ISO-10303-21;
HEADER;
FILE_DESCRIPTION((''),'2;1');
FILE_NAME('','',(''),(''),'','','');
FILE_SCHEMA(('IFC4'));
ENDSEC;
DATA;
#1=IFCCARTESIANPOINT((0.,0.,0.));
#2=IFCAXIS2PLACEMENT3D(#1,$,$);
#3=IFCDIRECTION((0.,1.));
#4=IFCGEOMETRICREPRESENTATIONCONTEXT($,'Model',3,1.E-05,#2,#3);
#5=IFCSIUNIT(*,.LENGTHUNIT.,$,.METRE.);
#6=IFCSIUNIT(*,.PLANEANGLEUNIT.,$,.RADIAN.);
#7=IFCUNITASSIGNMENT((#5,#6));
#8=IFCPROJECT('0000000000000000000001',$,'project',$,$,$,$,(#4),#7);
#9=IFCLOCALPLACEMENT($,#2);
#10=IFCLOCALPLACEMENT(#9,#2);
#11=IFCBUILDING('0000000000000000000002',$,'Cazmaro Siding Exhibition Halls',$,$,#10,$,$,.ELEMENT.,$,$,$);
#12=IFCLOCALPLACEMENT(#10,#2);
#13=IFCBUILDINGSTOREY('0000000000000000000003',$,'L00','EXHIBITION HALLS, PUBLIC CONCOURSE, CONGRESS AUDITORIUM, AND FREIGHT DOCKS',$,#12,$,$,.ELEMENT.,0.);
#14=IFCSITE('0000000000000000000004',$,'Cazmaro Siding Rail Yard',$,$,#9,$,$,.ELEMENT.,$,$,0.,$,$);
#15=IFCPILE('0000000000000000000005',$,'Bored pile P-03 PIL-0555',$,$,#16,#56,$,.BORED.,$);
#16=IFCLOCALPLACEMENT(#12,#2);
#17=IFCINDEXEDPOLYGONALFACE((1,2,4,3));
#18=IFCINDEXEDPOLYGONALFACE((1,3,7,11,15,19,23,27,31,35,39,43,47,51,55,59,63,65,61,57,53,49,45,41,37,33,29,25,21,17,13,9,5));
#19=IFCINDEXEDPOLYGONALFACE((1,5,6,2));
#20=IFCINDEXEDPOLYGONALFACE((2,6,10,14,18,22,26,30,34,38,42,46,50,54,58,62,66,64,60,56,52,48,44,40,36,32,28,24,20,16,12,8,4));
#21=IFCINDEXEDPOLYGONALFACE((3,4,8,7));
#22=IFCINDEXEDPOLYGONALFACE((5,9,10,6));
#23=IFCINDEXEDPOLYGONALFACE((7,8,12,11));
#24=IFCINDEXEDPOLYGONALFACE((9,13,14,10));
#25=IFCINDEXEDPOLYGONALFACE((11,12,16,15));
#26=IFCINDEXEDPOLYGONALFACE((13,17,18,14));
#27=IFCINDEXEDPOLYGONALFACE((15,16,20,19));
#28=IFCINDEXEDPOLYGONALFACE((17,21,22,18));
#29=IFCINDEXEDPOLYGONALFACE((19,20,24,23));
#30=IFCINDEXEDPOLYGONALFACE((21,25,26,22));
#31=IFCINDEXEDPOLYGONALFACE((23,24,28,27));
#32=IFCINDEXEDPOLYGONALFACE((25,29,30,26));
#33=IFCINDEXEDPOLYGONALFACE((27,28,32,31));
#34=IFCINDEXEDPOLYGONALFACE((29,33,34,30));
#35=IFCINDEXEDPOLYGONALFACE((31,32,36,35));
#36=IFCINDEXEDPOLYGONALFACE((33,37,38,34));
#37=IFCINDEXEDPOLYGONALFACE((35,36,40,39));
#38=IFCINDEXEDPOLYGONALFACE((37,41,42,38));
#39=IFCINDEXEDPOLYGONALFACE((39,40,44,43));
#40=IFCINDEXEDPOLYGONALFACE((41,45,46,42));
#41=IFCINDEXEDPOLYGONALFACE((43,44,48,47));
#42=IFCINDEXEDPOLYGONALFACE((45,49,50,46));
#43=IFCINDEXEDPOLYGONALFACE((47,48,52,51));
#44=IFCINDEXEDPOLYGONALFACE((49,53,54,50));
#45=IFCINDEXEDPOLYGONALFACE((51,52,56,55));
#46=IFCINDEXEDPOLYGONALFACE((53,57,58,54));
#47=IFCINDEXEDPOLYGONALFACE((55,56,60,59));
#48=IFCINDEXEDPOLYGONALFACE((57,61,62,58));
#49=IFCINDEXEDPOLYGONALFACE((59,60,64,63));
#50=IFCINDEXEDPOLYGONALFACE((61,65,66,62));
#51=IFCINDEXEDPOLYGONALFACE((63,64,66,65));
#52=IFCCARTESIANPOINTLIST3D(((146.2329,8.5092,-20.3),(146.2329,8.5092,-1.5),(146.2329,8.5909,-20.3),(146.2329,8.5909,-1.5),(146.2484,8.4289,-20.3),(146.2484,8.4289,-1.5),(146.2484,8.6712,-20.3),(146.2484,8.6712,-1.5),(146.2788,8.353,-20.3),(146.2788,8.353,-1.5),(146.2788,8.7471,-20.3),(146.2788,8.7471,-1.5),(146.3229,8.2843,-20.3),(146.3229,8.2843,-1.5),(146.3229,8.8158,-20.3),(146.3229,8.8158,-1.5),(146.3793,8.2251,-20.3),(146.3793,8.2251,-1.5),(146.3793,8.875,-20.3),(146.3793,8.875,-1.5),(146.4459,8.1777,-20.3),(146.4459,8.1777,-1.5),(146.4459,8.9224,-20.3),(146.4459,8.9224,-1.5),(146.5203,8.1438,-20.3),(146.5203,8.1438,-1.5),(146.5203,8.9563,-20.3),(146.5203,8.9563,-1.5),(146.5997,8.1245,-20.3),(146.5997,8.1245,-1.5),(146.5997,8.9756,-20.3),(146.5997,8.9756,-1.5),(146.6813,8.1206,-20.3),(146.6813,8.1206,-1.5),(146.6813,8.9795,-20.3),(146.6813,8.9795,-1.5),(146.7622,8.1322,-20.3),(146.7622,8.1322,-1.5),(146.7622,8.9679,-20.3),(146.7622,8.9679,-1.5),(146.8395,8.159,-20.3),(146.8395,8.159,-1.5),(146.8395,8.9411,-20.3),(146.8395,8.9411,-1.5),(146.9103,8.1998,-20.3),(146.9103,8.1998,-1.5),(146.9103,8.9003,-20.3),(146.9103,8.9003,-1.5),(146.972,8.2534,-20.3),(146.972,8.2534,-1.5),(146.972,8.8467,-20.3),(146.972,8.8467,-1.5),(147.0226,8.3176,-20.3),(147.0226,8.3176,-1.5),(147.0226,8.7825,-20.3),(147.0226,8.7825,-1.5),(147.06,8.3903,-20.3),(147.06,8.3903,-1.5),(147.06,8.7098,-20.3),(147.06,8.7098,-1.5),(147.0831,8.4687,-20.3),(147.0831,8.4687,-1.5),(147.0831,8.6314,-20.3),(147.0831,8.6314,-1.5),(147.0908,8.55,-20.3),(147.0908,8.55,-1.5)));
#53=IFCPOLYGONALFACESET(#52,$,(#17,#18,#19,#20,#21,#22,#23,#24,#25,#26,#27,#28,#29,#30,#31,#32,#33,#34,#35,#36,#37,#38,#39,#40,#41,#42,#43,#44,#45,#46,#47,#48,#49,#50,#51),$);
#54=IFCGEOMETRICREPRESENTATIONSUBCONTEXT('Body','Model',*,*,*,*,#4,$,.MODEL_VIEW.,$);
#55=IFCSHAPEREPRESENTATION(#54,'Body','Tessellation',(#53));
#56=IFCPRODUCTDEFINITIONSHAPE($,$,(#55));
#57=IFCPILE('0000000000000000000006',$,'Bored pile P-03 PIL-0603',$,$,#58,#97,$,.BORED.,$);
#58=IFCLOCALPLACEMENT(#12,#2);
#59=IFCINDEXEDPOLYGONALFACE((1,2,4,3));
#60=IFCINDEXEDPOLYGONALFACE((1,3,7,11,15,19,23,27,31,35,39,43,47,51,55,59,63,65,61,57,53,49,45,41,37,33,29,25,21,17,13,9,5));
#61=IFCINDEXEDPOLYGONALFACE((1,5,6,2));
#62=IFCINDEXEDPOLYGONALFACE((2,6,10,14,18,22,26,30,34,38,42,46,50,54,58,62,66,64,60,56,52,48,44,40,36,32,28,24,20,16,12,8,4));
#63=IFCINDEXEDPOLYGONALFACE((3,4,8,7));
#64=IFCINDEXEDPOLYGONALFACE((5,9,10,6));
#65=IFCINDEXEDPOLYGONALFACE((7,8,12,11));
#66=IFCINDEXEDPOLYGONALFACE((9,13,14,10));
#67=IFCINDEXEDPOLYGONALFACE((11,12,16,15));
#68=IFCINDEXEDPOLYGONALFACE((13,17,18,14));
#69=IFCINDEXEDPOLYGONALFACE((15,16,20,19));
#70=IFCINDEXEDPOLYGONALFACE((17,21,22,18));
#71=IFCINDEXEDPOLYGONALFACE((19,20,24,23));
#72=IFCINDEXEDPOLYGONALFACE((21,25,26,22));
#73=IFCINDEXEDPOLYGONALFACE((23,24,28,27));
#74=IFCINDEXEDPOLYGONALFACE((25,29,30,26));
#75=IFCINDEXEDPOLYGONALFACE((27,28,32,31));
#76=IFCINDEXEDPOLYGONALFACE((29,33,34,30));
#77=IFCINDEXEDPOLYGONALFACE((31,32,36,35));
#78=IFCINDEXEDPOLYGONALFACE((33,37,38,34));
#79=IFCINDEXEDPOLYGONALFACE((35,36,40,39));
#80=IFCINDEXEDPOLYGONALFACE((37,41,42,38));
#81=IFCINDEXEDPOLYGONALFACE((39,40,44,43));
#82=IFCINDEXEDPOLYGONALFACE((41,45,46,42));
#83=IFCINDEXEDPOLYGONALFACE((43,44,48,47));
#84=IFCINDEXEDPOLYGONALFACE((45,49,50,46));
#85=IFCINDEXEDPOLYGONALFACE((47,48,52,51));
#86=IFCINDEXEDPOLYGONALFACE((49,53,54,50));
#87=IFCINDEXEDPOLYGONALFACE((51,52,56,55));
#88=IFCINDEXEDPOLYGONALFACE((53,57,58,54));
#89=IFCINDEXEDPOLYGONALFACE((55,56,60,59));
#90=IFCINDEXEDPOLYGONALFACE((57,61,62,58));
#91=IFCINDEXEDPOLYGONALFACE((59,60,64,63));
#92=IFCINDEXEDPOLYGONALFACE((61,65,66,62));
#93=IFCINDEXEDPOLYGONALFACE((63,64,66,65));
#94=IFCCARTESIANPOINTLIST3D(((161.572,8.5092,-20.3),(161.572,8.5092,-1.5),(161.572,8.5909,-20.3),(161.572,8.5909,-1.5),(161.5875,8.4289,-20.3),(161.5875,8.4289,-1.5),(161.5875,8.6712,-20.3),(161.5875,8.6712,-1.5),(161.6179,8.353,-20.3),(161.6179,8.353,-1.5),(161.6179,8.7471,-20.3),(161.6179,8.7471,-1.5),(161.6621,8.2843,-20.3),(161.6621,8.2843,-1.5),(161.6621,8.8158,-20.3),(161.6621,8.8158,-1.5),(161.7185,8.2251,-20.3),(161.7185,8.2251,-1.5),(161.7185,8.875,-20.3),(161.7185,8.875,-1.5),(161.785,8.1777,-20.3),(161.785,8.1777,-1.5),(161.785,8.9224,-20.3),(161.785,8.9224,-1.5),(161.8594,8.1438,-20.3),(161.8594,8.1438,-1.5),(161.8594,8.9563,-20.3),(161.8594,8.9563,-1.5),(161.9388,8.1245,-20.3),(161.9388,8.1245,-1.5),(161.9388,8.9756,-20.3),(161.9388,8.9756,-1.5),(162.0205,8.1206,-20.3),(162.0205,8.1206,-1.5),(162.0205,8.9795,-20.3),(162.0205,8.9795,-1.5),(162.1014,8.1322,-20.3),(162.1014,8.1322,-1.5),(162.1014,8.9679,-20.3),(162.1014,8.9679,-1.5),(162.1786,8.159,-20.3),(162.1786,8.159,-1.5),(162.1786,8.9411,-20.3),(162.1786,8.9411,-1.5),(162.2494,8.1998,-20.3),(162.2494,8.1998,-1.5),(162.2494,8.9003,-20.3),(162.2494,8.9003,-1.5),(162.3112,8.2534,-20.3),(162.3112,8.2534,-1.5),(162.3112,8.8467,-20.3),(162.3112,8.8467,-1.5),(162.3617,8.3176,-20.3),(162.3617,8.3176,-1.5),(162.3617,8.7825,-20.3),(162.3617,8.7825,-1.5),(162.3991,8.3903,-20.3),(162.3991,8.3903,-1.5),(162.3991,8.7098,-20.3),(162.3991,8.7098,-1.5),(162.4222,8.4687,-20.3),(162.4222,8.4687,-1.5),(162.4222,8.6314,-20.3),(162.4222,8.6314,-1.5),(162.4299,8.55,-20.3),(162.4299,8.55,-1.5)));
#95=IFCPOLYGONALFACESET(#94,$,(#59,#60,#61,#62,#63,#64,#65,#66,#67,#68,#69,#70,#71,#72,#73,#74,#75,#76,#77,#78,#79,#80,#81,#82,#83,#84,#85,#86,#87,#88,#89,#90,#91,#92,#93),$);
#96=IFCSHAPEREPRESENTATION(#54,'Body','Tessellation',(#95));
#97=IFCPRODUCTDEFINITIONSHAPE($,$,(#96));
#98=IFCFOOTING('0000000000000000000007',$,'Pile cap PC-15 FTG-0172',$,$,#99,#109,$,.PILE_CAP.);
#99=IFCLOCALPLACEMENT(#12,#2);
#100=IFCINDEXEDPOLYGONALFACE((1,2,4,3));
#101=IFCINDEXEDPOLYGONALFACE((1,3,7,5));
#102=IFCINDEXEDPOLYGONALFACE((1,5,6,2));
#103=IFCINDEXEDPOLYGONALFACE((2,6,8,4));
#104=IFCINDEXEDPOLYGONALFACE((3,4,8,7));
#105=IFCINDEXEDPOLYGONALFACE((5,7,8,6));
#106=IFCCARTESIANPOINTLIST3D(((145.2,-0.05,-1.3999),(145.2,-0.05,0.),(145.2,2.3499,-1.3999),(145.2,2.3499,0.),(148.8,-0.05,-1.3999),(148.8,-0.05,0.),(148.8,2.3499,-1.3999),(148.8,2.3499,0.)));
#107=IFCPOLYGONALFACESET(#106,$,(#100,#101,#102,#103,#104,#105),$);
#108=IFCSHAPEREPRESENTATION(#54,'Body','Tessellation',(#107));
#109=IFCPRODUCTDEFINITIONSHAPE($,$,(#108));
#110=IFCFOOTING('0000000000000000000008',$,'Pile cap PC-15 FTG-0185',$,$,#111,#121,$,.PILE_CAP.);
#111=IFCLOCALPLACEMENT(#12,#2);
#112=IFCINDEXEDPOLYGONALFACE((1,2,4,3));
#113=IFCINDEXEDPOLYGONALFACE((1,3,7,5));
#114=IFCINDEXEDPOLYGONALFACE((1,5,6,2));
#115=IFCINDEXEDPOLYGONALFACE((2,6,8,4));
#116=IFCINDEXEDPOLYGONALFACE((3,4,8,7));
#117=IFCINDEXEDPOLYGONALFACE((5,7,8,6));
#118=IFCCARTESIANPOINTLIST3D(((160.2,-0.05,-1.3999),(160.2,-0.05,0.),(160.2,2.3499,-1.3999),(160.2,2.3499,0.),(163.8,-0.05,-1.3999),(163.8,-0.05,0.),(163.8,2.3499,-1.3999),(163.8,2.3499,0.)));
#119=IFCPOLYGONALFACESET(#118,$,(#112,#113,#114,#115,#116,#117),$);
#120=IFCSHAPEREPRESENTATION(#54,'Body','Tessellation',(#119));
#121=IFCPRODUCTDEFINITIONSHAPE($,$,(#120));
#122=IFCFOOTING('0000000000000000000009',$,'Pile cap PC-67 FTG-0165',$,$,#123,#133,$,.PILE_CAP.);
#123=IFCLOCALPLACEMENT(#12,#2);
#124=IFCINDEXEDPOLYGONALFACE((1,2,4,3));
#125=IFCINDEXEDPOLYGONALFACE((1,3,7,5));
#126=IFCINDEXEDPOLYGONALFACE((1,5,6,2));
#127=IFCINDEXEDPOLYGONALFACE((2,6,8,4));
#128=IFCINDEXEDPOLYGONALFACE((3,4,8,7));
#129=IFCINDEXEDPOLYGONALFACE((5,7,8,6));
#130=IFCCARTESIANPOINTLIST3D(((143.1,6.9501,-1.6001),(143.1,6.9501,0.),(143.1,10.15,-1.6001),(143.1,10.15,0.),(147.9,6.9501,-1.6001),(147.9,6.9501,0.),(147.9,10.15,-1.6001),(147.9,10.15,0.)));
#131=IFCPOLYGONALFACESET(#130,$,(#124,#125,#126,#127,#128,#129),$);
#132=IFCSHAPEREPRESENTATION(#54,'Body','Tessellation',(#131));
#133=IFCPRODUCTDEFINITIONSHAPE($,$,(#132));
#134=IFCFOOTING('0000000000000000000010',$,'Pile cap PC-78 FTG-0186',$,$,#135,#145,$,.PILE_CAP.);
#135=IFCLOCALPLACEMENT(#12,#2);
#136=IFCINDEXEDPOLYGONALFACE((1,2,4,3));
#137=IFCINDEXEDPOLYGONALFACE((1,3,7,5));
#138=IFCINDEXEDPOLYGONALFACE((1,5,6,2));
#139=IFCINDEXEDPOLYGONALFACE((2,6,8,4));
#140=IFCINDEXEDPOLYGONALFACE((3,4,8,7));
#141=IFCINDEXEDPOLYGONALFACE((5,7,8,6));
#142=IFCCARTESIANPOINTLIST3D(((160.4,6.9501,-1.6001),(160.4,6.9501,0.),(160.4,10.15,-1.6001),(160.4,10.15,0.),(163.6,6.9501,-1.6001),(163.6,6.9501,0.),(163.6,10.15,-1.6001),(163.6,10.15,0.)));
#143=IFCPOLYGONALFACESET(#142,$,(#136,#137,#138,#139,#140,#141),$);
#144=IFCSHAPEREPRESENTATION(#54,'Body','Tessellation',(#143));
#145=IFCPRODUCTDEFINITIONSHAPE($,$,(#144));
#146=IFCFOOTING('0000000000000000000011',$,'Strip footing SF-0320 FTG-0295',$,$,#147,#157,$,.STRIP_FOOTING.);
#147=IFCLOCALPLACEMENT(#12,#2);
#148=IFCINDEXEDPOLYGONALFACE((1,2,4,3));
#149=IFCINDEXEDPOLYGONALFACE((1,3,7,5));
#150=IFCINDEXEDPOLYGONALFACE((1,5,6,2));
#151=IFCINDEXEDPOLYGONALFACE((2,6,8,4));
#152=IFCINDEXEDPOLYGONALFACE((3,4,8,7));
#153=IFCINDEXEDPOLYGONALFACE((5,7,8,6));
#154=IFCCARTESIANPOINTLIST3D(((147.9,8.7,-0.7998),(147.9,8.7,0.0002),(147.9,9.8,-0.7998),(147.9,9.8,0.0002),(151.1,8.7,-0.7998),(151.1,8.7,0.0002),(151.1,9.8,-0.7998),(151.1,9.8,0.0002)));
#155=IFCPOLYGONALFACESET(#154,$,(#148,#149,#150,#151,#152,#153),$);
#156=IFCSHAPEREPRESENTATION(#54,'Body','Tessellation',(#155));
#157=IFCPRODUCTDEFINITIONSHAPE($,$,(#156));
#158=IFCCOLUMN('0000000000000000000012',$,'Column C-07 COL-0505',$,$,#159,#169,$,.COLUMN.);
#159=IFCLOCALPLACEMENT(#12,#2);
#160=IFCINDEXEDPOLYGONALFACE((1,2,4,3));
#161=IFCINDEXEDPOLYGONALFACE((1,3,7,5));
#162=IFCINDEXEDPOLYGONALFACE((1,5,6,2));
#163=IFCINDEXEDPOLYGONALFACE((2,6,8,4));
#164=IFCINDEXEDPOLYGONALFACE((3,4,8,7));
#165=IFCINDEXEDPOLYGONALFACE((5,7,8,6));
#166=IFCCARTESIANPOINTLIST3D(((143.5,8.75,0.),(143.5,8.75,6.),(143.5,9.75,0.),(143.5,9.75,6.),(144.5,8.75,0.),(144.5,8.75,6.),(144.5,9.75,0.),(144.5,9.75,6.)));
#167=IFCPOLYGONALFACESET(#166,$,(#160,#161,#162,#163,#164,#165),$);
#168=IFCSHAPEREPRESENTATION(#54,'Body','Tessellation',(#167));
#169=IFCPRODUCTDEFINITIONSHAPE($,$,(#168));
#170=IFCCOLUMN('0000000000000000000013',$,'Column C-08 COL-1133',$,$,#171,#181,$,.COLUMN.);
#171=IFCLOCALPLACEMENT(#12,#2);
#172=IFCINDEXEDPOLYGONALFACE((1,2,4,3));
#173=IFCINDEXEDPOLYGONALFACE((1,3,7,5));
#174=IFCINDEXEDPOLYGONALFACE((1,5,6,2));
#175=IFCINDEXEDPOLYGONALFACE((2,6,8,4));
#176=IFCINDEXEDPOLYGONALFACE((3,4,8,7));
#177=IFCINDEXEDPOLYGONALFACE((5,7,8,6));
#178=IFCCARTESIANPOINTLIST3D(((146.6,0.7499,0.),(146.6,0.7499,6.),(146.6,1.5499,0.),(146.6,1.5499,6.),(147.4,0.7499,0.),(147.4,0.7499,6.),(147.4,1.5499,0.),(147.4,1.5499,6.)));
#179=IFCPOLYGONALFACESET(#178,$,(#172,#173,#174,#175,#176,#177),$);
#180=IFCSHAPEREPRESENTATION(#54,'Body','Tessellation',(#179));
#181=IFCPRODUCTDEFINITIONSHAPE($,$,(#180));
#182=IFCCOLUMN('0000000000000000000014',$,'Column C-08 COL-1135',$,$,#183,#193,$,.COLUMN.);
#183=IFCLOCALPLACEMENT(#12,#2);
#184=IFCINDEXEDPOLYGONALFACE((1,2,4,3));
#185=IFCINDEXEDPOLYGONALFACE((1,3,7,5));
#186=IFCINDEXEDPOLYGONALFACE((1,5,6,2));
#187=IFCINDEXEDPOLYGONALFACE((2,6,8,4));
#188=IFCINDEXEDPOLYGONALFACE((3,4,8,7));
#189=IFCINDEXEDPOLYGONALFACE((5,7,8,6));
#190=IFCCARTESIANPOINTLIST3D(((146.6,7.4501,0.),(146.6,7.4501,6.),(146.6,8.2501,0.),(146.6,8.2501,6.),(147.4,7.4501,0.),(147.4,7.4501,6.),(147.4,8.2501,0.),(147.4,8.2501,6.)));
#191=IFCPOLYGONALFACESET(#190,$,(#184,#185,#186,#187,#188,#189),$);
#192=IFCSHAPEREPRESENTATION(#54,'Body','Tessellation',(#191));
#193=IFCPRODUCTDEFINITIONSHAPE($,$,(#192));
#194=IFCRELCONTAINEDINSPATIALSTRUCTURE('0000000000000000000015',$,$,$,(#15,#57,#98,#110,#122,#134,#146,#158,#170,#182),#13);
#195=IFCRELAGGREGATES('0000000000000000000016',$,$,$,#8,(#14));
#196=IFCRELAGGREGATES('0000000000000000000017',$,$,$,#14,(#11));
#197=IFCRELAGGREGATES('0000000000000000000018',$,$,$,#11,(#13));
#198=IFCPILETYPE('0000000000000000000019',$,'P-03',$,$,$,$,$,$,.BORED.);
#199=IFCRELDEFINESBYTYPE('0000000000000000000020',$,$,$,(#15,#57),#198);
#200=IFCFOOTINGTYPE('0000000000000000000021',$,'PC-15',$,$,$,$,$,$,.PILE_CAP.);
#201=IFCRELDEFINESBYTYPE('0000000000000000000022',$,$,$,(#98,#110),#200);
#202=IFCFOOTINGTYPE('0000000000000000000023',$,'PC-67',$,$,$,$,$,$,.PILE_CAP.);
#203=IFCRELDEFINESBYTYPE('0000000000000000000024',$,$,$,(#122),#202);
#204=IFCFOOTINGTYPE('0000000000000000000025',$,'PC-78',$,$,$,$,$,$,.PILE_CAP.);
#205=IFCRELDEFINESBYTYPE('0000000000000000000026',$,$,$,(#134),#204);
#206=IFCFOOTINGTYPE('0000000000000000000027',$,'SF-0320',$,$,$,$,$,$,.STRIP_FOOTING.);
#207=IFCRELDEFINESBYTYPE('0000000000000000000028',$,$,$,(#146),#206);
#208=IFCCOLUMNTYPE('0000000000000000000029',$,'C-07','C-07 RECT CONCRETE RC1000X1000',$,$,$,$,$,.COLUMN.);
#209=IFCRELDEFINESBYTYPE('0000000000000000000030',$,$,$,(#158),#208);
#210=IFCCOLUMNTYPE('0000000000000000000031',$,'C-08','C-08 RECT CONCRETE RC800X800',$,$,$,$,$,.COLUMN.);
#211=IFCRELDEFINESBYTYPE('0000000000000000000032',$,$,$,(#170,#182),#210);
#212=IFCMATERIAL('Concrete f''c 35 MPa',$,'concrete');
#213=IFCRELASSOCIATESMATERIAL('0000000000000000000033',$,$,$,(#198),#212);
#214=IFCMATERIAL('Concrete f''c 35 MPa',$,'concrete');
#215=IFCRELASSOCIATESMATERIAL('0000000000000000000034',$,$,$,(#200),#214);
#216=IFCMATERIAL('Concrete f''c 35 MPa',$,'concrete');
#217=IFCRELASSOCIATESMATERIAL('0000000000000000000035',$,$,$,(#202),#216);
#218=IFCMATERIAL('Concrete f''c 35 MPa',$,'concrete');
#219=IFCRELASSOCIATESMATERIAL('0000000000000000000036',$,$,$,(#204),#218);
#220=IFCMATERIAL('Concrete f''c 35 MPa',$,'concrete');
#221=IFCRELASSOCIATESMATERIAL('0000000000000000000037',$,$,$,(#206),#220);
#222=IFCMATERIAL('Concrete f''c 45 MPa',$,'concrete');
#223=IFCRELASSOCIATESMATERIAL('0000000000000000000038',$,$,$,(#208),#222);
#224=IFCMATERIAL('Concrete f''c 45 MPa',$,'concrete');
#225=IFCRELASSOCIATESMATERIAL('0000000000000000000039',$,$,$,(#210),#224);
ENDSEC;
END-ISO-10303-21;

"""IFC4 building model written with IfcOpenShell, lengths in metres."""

from ifc_helpers import new_model, si_unit, direction, frame, origin, origin_2d, place, context, subcontext, project, spatial, rectangle, circle, extrude, material, material_profile, profile_set, type_object, element, save


model = new_model("IFC4")

# Units and contexts
model_context = context("Model", 3, precision=1e-05, world=origin(), true_north=direction((0.0, 1.0)))
body_context = subcontext(model_context, "Body", "Model", "MODEL_VIEW")
ifc_project = project(units=[si_unit("LENGTHUNIT", "METRE"), si_unit("PLANEANGLEUNIT", "RADIAN")], contexts=[model_context])

# Site, building, storey
site_placement = place(None, origin())
site = spatial("IfcSite", under=ifc_project, at=site_placement, Name="Cazmaro Siding Rail Yard", CompositionType="ELEMENT", RefElevation=0.0)
building_placement = place(site_placement, origin())
building = spatial("IfcBuilding", under=site, at=building_placement, Name="Cazmaro Siding Exhibition Halls", CompositionType="ELEMENT")
storey_placement = place(building_placement, origin())
storey = spatial("IfcBuildingStorey", under=building, at=storey_placement, Name="L00", Description="EXHIBITION HALLS, PUBLIC CONCOURSE, CONGRESS AUDITORIUM, AND FREIGHT DOCKS", CompositionType="ELEMENT", Elevation=0.0)

# Piles
ifc_material_1 = material(Name="Concrete f'c 35 MPa", Category="concrete")
ifc_material_profile_1 = material_profile(ifc_material_1, circle(Radius=0.4299, at=origin_2d()), Name="CIDH-860")
ifc_profile_set_1 = profile_set([ifc_material_profile_1], Name="Concrete f'c 35 MPa")
pile_type_1 = type_object("IfcPileType", Name="P-03", PredefinedType="BORED", material=ifc_profile_set_1)
for number, where, z_axis, x_axis, name in (
    (1, (146.6609, 8.55, -1.5), (0.0, 0.0, -1.0), (1.0, 0.0, 0.0), "Bored pile P-03 PIL-0555"),
    (2, (162.0, 8.55, -1.5), (0.0, 0.0, -1.0), (1.0, 0.0, 0.0), "Bored pile P-03 PIL-0603"),
):
    element("IfcPile", number, at=place(storey_placement, frame(where, z_axis=z_axis, x_axis=x_axis)), inside=storey, type_object=pile_type_1, Name=name, PredefinedType="BORED", context=body_context, shape_type="SweptSolid", body=[
        extrude(circle(Radius=0.4299, at=origin_2d()), origin(), (0.0, 0.0, 1.0), 18.8),
    ])

# Footings
ifc_material_2 = material(Name="Concrete f'c 35 MPa", Category="concrete")
footing_type_1 = type_object("IfcFootingType", Name="PC-15", PredefinedType="PILE_CAP", material=ifc_material_2)
for number, where, z_axis, x_axis, name in (
    (3, (147.0, 1.1499, -1.3999), (0.0, 0.0, 1.0), (1.0, 0.0, 0.0), "Pile cap PC-15 FTG-0172"),
    (4, (162.0, 1.1499, -1.3999), (0.0, 0.0, 1.0), (1.0, 0.0, 0.0), "Pile cap PC-15 FTG-0185"),
):
    element("IfcFooting", number, at=place(storey_placement, frame(where, z_axis=z_axis, x_axis=x_axis)), inside=storey, type_object=footing_type_1, Name=name, PredefinedType="PILE_CAP", context=body_context, shape_type="SweptSolid", body=[
        extrude(rectangle(XDim=3.6001, YDim=2.3999, at=origin_2d()), origin(), (0.0, 0.0, 1.0), 1.3999),
    ])
ifc_material_3 = material(Name="Concrete f'c 35 MPa", Category="concrete")
footing_type_2 = type_object("IfcFootingType", Name="PC-67", PredefinedType="PILE_CAP", material=ifc_material_3)
footing_1_placement = place(storey_placement, frame((145.5, 8.55, -1.6001), z_axis=(0.0, 0.0, 1.0), x_axis=(1.0, 0.0, 0.0)))
element("IfcFooting", 5, at=footing_1_placement, inside=storey, type_object=footing_type_2, Name="Pile cap PC-67 FTG-0165", PredefinedType="PILE_CAP", context=body_context, shape_type="SweptSolid", body=[
    extrude(rectangle(XDim=4.8, YDim=3.2, at=origin_2d()), origin(), (0.0, 0.0, 1.0), 1.6001),
])
ifc_material_4 = material(Name="Concrete f'c 35 MPa", Category="concrete")
footing_type_3 = type_object("IfcFootingType", Name="PC-78", PredefinedType="PILE_CAP", material=ifc_material_4)
footing_2_placement = place(storey_placement, frame((162.0, 8.55, -1.6001), z_axis=(0.0, 0.0, 1.0), x_axis=(1.0, 0.0, 0.0)))
element("IfcFooting", 6, at=footing_2_placement, inside=storey, type_object=footing_type_3, Name="Pile cap PC-78 FTG-0186", PredefinedType="PILE_CAP", context=body_context, shape_type="SweptSolid", body=[
    extrude(rectangle(XDim=3.2, YDim=3.2, at=origin_2d()), origin(), (0.0, 0.0, 1.0), 1.6001),
])
ifc_material_5 = material(Name="Concrete f'c 35 MPa", Category="concrete")
footing_type_4 = type_object("IfcFootingType", Name="SF-0320", PredefinedType="STRIP_FOOTING", material=ifc_material_5)
footing_3_placement = place(storey_placement, frame((149.5, 9.25, -0.7998), z_axis=(0.0, 0.0, 1.0), x_axis=(1.0, 0.0, 0.0)))
element("IfcFooting", 7, at=footing_3_placement, inside=storey, type_object=footing_type_4, Name="Strip footing SF-0320 FTG-0295", PredefinedType="STRIP_FOOTING", context=body_context, shape_type="SweptSolid", body=[
    extrude(rectangle(XDim=3.2, YDim=1.1001, at=origin_2d()), origin(), (0.0, 0.0, 1.0), 0.8),
])

# Columns
ifc_material_6 = material(Name="Concrete f'c 45 MPa", Category="concrete")
ifc_material_profile_2 = material_profile(ifc_material_6, rectangle(XDim=1.0, YDim=1.0, at=origin_2d()), Name="RC1000X1000")
ifc_profile_set_2 = profile_set([ifc_material_profile_2], Name="Concrete f'c 45 MPa")
column_type_1 = type_object("IfcColumnType", Name="C-07", Description="C-07 RECT CONCRETE RC1000X1000", PredefinedType="COLUMN", material=ifc_profile_set_2)
column_placement = place(storey_placement, frame((144.0, 9.25, 0.0), z_axis=(0.0, 0.0, 1.0), x_axis=(1.0, 0.0, 0.0)))
element("IfcColumn", 8, at=column_placement, inside=storey, type_object=column_type_1, Name="Column C-07 COL-0505", PredefinedType="COLUMN", context=body_context, shape_type="SweptSolid", body=[
    extrude(rectangle(XDim=1.0, YDim=1.0, at=origin_2d()), origin(), (0.0, 0.0, 1.0), 6.0),
])
ifc_material_7 = material(Name="Concrete f'c 45 MPa", Category="concrete")
ifc_material_profile_3 = material_profile(ifc_material_7, rectangle(XDim=0.8, YDim=0.8, at=origin_2d()), Name="RC800X800")
ifc_profile_set_3 = profile_set([ifc_material_profile_3], Name="Concrete f'c 45 MPa")
column_type_2 = type_object("IfcColumnType", Name="C-08", Description="C-08 RECT CONCRETE RC800X800", PredefinedType="COLUMN", material=ifc_profile_set_3)
for number, where, z_axis, x_axis, name in (
    (9, (147.0, 1.1499, 0.0), (0.0, 0.0, 1.0), (1.0, 0.0, 0.0), "Column C-08 COL-1133"),
    (10, (147.0, 7.8501, 0.0), (0.0, 0.0, 1.0), (1.0, 0.0, 0.0), "Column C-08 COL-1135"),
):
    element("IfcColumn", number, at=place(storey_placement, frame(where, z_axis=z_axis, x_axis=x_axis)), inside=storey, type_object=column_type_2, Name=name, PredefinedType="COLUMN", context=body_context, shape_type="SweptSolid", body=[
        extrude(rectangle(XDim=0.8, YDim=0.8, at=origin_2d()), origin(), (0.0, 0.0, 1.0), 6.0),
    ])

save(model, "model.ifc")
